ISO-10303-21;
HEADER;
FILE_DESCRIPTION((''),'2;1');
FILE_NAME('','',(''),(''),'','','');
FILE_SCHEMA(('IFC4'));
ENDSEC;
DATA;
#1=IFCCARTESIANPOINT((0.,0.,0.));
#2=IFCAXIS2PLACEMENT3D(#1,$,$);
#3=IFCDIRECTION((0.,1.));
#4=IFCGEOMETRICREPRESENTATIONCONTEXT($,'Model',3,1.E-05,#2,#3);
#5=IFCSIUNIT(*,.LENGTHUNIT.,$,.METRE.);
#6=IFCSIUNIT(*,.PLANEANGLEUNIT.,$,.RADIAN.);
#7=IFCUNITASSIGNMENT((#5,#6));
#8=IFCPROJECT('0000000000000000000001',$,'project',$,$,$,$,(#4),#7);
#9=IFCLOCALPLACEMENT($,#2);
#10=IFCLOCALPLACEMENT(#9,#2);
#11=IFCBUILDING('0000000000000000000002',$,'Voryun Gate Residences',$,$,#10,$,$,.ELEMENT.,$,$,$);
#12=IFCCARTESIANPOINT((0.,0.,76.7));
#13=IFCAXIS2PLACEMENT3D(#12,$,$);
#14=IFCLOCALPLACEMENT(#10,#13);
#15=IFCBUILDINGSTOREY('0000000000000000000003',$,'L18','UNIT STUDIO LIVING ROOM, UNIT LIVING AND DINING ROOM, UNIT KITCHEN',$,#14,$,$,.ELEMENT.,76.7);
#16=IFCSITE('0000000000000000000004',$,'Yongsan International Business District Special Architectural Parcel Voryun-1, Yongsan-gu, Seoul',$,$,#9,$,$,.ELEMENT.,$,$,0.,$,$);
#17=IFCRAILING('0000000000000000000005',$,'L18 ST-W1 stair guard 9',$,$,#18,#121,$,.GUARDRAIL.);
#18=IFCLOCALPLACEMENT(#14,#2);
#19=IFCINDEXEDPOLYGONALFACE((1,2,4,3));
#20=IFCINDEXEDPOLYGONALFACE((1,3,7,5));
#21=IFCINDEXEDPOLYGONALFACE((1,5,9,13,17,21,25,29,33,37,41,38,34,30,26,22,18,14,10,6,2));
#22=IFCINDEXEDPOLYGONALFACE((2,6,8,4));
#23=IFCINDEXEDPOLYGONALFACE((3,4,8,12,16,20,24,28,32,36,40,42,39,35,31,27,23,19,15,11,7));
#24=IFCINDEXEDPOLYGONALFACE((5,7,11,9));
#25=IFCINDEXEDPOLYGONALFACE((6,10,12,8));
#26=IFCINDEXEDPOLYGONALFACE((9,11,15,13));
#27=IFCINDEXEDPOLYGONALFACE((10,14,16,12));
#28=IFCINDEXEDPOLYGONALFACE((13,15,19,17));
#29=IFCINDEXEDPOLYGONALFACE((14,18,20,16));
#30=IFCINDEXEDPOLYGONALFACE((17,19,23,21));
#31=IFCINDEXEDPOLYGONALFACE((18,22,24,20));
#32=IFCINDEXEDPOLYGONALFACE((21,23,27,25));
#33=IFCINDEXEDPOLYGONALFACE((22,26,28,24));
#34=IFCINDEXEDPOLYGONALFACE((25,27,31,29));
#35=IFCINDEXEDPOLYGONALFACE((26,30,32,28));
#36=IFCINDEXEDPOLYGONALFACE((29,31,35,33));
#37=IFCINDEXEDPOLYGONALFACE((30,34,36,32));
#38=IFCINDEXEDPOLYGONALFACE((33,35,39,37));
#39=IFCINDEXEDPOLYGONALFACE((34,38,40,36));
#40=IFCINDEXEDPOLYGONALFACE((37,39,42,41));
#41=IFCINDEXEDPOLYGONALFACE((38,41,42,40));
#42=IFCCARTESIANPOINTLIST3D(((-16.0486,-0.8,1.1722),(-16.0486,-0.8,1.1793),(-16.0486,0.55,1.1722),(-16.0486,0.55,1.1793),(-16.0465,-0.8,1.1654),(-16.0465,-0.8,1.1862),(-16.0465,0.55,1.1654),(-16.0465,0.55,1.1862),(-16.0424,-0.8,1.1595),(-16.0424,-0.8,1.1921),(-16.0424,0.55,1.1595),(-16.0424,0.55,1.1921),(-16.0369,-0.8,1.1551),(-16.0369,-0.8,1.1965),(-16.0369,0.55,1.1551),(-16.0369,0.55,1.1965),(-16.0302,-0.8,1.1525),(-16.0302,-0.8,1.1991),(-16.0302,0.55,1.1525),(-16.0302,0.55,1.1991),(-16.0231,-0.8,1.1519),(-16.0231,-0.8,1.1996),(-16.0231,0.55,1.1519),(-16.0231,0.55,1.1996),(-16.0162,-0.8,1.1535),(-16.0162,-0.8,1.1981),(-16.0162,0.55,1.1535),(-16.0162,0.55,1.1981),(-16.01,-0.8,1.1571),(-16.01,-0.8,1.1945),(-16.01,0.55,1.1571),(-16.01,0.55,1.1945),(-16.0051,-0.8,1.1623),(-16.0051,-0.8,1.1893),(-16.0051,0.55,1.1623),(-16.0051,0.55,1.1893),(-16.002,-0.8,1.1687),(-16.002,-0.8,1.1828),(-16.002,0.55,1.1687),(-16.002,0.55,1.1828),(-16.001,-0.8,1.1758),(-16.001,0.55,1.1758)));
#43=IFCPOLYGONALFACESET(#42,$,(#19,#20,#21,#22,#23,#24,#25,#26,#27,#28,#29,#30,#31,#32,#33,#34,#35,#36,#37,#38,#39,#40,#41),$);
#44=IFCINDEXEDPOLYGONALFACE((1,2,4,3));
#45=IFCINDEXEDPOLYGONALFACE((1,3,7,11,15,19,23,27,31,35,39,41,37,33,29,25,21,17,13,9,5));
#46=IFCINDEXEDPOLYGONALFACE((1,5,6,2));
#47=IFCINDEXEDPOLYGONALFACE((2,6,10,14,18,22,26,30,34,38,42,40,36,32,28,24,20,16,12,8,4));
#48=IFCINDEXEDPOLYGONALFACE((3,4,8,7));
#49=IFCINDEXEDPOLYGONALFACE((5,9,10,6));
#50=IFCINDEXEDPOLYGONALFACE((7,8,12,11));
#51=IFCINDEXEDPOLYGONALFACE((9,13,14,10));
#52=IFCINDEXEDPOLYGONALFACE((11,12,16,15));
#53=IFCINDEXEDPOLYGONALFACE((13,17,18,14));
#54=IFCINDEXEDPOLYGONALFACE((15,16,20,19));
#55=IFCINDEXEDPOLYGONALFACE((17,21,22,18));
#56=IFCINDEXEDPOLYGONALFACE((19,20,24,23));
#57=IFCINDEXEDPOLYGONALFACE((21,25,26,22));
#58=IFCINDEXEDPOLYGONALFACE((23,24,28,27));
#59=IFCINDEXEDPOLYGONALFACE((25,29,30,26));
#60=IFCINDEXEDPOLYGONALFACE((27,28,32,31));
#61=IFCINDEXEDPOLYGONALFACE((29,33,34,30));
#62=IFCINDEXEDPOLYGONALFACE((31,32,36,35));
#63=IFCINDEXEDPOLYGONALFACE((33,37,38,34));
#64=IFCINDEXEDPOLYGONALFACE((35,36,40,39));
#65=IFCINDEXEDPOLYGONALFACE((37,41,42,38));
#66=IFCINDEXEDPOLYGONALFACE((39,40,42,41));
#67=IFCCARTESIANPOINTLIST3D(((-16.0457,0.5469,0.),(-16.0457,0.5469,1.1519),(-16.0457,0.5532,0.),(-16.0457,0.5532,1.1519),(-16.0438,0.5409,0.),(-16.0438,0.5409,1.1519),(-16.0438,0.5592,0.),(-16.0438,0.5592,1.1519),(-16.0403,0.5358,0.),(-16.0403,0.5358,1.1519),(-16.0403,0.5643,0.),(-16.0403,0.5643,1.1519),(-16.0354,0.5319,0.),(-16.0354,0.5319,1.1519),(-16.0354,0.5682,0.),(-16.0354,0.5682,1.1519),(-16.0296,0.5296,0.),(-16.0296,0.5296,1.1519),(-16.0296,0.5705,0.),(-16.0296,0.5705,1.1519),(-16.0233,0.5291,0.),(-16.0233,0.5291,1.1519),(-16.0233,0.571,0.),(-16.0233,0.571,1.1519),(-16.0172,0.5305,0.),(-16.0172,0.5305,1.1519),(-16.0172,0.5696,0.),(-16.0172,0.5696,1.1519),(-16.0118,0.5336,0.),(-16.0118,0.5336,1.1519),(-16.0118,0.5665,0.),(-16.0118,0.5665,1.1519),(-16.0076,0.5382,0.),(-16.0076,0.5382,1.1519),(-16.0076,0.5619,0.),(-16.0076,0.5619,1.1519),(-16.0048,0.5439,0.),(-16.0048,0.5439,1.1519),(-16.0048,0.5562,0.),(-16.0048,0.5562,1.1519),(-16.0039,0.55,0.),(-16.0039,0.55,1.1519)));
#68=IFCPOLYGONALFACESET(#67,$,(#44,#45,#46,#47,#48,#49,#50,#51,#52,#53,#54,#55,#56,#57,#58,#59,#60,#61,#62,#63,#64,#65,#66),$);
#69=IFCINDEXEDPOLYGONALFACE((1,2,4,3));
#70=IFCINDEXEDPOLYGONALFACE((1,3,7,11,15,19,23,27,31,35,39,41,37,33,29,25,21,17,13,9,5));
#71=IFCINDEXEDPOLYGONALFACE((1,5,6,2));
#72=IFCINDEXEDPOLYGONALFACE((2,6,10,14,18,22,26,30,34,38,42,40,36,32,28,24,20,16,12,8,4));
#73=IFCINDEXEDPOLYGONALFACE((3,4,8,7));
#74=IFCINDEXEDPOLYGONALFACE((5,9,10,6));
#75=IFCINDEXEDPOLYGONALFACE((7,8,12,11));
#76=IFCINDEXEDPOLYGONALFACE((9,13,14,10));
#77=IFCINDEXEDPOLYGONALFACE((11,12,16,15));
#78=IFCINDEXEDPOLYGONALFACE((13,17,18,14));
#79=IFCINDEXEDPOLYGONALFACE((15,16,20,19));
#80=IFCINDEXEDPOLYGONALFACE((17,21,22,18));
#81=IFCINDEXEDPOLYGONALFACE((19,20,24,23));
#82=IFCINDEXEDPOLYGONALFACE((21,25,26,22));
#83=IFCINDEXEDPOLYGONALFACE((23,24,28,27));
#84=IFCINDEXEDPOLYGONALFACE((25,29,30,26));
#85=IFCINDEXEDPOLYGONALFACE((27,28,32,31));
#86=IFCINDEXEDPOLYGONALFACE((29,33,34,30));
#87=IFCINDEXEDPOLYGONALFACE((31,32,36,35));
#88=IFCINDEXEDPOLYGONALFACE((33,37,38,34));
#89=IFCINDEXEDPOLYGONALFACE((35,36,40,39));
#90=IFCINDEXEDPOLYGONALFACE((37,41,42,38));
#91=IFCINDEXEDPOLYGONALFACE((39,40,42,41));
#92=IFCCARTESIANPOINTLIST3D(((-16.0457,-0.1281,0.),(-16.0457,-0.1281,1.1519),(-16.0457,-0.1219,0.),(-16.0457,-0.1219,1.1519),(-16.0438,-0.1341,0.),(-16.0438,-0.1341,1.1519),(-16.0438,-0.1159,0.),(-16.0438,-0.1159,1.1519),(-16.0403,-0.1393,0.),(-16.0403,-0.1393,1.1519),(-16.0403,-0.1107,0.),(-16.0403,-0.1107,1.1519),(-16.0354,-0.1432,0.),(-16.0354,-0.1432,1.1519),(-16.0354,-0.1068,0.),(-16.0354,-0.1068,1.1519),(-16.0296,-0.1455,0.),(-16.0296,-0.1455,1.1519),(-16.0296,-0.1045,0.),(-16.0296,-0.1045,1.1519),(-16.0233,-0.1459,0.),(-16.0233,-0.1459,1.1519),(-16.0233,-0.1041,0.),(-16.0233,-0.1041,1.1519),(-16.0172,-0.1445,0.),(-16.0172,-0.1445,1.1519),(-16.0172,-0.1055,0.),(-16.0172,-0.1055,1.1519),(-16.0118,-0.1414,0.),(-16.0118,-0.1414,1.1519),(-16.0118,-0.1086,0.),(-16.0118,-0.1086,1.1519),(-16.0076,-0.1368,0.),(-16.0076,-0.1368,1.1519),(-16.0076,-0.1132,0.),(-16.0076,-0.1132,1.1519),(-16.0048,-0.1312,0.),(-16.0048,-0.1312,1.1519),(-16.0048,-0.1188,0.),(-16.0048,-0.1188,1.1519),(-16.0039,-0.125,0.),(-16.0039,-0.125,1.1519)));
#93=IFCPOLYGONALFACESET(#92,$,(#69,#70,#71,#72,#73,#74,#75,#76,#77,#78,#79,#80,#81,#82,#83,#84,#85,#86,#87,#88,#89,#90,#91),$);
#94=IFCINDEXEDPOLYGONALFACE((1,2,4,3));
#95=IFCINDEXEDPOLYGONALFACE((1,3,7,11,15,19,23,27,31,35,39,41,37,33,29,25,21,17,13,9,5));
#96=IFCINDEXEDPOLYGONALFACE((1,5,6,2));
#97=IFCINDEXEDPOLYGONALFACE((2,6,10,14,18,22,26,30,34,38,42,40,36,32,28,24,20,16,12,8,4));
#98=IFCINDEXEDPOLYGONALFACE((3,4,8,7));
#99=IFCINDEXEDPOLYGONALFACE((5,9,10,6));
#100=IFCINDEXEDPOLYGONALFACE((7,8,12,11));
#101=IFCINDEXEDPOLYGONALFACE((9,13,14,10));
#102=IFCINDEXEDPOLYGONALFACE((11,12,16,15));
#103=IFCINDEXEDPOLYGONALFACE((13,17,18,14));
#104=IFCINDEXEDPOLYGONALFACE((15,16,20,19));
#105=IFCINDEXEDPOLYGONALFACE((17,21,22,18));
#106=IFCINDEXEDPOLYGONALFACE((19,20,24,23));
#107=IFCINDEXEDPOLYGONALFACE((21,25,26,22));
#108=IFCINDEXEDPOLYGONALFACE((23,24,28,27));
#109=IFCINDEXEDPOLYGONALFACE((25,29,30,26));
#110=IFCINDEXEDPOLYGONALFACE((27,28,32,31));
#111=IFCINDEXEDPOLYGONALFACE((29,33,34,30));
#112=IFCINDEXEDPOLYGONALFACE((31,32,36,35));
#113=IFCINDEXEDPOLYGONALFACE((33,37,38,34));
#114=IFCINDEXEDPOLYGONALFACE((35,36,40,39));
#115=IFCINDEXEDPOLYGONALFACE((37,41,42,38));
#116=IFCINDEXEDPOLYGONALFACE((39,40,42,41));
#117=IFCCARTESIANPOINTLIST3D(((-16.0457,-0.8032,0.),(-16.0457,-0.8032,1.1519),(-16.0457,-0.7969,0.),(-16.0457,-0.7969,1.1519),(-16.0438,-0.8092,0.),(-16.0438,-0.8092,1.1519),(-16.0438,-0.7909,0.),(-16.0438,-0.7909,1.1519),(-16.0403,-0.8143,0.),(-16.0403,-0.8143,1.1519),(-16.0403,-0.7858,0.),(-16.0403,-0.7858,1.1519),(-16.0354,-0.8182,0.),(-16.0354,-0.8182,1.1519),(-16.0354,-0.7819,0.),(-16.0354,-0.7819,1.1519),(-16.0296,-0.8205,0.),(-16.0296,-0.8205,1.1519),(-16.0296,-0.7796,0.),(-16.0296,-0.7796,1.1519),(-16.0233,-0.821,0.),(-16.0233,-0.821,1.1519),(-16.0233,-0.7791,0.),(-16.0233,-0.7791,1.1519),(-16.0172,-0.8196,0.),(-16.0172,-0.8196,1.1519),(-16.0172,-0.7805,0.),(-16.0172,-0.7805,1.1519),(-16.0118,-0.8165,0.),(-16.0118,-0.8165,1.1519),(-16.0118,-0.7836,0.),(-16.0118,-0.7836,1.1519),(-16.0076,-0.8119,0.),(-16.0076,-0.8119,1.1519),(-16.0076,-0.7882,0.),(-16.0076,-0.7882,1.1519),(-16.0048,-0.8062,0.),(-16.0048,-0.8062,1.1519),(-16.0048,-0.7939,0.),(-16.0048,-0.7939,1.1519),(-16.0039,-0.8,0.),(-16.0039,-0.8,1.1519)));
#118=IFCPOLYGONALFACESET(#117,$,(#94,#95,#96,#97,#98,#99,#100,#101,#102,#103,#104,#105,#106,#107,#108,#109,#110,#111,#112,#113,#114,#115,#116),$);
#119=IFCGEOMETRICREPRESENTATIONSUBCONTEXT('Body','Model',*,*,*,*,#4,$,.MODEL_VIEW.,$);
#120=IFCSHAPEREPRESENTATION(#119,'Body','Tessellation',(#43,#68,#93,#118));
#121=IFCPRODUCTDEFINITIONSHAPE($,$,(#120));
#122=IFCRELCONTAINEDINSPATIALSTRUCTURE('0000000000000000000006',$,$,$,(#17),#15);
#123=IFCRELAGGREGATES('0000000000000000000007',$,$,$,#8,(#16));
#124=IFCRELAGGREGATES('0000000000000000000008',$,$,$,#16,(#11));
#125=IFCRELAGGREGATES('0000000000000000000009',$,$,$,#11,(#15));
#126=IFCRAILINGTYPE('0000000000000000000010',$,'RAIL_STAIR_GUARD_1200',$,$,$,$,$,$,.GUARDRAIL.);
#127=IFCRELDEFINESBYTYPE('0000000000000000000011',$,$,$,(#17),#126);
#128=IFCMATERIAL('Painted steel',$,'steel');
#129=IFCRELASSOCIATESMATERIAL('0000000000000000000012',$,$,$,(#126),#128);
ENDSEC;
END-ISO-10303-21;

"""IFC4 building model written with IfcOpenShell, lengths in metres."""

from ifc_helpers import new_model, si_unit, direction, frame, origin, origin_2d, place, context, subcontext, project, spatial, circle, extrude, material, type_object, element, save


model = new_model("IFC4")

# Units and contexts
model_context = context("Model", 3, precision=1e-05, world=origin(), true_north=direction((0.0, 1.0)))
body_context = subcontext(model_context, "Body", "Model", "MODEL_VIEW")
ifc_project = project(units=[si_unit("LENGTHUNIT", "METRE"), si_unit("PLANEANGLEUNIT", "RADIAN")], contexts=[model_context])

# Site, building, storey
site_placement = place(None, origin())
site = spatial("IfcSite", under=ifc_project, at=site_placement, Name="Yongsan International Business District Special Architectural Parcel Voryun-1, Yongsan-gu, Seoul", CompositionType="ELEMENT", RefElevation=0.0)
building_placement = place(site_placement, origin())
building = spatial("IfcBuilding", under=site, at=building_placement, Name="Voryun Gate Residences", CompositionType="ELEMENT")
storey_placement = place(building_placement, frame((0.0, 0.0, 76.7)))
storey = spatial("IfcBuildingStorey", under=building, at=storey_placement, Name="L18", Description="UNIT STUDIO LIVING ROOM, UNIT LIVING AND DINING ROOM, UNIT KITCHEN", CompositionType="ELEMENT", Elevation=76.7)

# Railing
ifc_material_1 = material(Name="Painted steel", Category="steel")
railing_type = type_object("IfcRailingType", Name="RAIL_STAIR_GUARD_1200", PredefinedType="GUARDRAIL", material=ifc_material_1)
for number, where, name in (
    (1, (-16.0249, 0.55, 0.0), "L18 ST-W1 stair guard 9"),
):
    element("IfcRailing", number, at=place(storey_placement, frame(where)), inside=storey, type_object=railing_type, Name=name, PredefinedType="GUARDRAIL", context=body_context, shape_type="SweptSolid", body=[
        extrude(circle(Radius=0.0239, at=origin_2d()), frame((0.0, 0.0, 1.1758), z_axis=(0.0, -1.0, 0.0), x_axis=(1.0, 0.0, 0.0)), (0.0, 0.0, 1.0), 1.3501),
        extrude(circle(Radius=0.021, at=origin_2d()), origin(), (0.0, 0.0, 1.0), 1.1519),
        extrude(circle(Radius=0.021, at=origin_2d()), frame((0.0, -0.675, 0.0)), (0.0, 0.0, 1.0), 1.1519),
        extrude(circle(Radius=0.021, at=origin_2d()), frame((0.0, -1.3501, 0.0)), (0.0, 0.0, 1.0), 1.1519),
    ])

save(model, "model.ifc")
